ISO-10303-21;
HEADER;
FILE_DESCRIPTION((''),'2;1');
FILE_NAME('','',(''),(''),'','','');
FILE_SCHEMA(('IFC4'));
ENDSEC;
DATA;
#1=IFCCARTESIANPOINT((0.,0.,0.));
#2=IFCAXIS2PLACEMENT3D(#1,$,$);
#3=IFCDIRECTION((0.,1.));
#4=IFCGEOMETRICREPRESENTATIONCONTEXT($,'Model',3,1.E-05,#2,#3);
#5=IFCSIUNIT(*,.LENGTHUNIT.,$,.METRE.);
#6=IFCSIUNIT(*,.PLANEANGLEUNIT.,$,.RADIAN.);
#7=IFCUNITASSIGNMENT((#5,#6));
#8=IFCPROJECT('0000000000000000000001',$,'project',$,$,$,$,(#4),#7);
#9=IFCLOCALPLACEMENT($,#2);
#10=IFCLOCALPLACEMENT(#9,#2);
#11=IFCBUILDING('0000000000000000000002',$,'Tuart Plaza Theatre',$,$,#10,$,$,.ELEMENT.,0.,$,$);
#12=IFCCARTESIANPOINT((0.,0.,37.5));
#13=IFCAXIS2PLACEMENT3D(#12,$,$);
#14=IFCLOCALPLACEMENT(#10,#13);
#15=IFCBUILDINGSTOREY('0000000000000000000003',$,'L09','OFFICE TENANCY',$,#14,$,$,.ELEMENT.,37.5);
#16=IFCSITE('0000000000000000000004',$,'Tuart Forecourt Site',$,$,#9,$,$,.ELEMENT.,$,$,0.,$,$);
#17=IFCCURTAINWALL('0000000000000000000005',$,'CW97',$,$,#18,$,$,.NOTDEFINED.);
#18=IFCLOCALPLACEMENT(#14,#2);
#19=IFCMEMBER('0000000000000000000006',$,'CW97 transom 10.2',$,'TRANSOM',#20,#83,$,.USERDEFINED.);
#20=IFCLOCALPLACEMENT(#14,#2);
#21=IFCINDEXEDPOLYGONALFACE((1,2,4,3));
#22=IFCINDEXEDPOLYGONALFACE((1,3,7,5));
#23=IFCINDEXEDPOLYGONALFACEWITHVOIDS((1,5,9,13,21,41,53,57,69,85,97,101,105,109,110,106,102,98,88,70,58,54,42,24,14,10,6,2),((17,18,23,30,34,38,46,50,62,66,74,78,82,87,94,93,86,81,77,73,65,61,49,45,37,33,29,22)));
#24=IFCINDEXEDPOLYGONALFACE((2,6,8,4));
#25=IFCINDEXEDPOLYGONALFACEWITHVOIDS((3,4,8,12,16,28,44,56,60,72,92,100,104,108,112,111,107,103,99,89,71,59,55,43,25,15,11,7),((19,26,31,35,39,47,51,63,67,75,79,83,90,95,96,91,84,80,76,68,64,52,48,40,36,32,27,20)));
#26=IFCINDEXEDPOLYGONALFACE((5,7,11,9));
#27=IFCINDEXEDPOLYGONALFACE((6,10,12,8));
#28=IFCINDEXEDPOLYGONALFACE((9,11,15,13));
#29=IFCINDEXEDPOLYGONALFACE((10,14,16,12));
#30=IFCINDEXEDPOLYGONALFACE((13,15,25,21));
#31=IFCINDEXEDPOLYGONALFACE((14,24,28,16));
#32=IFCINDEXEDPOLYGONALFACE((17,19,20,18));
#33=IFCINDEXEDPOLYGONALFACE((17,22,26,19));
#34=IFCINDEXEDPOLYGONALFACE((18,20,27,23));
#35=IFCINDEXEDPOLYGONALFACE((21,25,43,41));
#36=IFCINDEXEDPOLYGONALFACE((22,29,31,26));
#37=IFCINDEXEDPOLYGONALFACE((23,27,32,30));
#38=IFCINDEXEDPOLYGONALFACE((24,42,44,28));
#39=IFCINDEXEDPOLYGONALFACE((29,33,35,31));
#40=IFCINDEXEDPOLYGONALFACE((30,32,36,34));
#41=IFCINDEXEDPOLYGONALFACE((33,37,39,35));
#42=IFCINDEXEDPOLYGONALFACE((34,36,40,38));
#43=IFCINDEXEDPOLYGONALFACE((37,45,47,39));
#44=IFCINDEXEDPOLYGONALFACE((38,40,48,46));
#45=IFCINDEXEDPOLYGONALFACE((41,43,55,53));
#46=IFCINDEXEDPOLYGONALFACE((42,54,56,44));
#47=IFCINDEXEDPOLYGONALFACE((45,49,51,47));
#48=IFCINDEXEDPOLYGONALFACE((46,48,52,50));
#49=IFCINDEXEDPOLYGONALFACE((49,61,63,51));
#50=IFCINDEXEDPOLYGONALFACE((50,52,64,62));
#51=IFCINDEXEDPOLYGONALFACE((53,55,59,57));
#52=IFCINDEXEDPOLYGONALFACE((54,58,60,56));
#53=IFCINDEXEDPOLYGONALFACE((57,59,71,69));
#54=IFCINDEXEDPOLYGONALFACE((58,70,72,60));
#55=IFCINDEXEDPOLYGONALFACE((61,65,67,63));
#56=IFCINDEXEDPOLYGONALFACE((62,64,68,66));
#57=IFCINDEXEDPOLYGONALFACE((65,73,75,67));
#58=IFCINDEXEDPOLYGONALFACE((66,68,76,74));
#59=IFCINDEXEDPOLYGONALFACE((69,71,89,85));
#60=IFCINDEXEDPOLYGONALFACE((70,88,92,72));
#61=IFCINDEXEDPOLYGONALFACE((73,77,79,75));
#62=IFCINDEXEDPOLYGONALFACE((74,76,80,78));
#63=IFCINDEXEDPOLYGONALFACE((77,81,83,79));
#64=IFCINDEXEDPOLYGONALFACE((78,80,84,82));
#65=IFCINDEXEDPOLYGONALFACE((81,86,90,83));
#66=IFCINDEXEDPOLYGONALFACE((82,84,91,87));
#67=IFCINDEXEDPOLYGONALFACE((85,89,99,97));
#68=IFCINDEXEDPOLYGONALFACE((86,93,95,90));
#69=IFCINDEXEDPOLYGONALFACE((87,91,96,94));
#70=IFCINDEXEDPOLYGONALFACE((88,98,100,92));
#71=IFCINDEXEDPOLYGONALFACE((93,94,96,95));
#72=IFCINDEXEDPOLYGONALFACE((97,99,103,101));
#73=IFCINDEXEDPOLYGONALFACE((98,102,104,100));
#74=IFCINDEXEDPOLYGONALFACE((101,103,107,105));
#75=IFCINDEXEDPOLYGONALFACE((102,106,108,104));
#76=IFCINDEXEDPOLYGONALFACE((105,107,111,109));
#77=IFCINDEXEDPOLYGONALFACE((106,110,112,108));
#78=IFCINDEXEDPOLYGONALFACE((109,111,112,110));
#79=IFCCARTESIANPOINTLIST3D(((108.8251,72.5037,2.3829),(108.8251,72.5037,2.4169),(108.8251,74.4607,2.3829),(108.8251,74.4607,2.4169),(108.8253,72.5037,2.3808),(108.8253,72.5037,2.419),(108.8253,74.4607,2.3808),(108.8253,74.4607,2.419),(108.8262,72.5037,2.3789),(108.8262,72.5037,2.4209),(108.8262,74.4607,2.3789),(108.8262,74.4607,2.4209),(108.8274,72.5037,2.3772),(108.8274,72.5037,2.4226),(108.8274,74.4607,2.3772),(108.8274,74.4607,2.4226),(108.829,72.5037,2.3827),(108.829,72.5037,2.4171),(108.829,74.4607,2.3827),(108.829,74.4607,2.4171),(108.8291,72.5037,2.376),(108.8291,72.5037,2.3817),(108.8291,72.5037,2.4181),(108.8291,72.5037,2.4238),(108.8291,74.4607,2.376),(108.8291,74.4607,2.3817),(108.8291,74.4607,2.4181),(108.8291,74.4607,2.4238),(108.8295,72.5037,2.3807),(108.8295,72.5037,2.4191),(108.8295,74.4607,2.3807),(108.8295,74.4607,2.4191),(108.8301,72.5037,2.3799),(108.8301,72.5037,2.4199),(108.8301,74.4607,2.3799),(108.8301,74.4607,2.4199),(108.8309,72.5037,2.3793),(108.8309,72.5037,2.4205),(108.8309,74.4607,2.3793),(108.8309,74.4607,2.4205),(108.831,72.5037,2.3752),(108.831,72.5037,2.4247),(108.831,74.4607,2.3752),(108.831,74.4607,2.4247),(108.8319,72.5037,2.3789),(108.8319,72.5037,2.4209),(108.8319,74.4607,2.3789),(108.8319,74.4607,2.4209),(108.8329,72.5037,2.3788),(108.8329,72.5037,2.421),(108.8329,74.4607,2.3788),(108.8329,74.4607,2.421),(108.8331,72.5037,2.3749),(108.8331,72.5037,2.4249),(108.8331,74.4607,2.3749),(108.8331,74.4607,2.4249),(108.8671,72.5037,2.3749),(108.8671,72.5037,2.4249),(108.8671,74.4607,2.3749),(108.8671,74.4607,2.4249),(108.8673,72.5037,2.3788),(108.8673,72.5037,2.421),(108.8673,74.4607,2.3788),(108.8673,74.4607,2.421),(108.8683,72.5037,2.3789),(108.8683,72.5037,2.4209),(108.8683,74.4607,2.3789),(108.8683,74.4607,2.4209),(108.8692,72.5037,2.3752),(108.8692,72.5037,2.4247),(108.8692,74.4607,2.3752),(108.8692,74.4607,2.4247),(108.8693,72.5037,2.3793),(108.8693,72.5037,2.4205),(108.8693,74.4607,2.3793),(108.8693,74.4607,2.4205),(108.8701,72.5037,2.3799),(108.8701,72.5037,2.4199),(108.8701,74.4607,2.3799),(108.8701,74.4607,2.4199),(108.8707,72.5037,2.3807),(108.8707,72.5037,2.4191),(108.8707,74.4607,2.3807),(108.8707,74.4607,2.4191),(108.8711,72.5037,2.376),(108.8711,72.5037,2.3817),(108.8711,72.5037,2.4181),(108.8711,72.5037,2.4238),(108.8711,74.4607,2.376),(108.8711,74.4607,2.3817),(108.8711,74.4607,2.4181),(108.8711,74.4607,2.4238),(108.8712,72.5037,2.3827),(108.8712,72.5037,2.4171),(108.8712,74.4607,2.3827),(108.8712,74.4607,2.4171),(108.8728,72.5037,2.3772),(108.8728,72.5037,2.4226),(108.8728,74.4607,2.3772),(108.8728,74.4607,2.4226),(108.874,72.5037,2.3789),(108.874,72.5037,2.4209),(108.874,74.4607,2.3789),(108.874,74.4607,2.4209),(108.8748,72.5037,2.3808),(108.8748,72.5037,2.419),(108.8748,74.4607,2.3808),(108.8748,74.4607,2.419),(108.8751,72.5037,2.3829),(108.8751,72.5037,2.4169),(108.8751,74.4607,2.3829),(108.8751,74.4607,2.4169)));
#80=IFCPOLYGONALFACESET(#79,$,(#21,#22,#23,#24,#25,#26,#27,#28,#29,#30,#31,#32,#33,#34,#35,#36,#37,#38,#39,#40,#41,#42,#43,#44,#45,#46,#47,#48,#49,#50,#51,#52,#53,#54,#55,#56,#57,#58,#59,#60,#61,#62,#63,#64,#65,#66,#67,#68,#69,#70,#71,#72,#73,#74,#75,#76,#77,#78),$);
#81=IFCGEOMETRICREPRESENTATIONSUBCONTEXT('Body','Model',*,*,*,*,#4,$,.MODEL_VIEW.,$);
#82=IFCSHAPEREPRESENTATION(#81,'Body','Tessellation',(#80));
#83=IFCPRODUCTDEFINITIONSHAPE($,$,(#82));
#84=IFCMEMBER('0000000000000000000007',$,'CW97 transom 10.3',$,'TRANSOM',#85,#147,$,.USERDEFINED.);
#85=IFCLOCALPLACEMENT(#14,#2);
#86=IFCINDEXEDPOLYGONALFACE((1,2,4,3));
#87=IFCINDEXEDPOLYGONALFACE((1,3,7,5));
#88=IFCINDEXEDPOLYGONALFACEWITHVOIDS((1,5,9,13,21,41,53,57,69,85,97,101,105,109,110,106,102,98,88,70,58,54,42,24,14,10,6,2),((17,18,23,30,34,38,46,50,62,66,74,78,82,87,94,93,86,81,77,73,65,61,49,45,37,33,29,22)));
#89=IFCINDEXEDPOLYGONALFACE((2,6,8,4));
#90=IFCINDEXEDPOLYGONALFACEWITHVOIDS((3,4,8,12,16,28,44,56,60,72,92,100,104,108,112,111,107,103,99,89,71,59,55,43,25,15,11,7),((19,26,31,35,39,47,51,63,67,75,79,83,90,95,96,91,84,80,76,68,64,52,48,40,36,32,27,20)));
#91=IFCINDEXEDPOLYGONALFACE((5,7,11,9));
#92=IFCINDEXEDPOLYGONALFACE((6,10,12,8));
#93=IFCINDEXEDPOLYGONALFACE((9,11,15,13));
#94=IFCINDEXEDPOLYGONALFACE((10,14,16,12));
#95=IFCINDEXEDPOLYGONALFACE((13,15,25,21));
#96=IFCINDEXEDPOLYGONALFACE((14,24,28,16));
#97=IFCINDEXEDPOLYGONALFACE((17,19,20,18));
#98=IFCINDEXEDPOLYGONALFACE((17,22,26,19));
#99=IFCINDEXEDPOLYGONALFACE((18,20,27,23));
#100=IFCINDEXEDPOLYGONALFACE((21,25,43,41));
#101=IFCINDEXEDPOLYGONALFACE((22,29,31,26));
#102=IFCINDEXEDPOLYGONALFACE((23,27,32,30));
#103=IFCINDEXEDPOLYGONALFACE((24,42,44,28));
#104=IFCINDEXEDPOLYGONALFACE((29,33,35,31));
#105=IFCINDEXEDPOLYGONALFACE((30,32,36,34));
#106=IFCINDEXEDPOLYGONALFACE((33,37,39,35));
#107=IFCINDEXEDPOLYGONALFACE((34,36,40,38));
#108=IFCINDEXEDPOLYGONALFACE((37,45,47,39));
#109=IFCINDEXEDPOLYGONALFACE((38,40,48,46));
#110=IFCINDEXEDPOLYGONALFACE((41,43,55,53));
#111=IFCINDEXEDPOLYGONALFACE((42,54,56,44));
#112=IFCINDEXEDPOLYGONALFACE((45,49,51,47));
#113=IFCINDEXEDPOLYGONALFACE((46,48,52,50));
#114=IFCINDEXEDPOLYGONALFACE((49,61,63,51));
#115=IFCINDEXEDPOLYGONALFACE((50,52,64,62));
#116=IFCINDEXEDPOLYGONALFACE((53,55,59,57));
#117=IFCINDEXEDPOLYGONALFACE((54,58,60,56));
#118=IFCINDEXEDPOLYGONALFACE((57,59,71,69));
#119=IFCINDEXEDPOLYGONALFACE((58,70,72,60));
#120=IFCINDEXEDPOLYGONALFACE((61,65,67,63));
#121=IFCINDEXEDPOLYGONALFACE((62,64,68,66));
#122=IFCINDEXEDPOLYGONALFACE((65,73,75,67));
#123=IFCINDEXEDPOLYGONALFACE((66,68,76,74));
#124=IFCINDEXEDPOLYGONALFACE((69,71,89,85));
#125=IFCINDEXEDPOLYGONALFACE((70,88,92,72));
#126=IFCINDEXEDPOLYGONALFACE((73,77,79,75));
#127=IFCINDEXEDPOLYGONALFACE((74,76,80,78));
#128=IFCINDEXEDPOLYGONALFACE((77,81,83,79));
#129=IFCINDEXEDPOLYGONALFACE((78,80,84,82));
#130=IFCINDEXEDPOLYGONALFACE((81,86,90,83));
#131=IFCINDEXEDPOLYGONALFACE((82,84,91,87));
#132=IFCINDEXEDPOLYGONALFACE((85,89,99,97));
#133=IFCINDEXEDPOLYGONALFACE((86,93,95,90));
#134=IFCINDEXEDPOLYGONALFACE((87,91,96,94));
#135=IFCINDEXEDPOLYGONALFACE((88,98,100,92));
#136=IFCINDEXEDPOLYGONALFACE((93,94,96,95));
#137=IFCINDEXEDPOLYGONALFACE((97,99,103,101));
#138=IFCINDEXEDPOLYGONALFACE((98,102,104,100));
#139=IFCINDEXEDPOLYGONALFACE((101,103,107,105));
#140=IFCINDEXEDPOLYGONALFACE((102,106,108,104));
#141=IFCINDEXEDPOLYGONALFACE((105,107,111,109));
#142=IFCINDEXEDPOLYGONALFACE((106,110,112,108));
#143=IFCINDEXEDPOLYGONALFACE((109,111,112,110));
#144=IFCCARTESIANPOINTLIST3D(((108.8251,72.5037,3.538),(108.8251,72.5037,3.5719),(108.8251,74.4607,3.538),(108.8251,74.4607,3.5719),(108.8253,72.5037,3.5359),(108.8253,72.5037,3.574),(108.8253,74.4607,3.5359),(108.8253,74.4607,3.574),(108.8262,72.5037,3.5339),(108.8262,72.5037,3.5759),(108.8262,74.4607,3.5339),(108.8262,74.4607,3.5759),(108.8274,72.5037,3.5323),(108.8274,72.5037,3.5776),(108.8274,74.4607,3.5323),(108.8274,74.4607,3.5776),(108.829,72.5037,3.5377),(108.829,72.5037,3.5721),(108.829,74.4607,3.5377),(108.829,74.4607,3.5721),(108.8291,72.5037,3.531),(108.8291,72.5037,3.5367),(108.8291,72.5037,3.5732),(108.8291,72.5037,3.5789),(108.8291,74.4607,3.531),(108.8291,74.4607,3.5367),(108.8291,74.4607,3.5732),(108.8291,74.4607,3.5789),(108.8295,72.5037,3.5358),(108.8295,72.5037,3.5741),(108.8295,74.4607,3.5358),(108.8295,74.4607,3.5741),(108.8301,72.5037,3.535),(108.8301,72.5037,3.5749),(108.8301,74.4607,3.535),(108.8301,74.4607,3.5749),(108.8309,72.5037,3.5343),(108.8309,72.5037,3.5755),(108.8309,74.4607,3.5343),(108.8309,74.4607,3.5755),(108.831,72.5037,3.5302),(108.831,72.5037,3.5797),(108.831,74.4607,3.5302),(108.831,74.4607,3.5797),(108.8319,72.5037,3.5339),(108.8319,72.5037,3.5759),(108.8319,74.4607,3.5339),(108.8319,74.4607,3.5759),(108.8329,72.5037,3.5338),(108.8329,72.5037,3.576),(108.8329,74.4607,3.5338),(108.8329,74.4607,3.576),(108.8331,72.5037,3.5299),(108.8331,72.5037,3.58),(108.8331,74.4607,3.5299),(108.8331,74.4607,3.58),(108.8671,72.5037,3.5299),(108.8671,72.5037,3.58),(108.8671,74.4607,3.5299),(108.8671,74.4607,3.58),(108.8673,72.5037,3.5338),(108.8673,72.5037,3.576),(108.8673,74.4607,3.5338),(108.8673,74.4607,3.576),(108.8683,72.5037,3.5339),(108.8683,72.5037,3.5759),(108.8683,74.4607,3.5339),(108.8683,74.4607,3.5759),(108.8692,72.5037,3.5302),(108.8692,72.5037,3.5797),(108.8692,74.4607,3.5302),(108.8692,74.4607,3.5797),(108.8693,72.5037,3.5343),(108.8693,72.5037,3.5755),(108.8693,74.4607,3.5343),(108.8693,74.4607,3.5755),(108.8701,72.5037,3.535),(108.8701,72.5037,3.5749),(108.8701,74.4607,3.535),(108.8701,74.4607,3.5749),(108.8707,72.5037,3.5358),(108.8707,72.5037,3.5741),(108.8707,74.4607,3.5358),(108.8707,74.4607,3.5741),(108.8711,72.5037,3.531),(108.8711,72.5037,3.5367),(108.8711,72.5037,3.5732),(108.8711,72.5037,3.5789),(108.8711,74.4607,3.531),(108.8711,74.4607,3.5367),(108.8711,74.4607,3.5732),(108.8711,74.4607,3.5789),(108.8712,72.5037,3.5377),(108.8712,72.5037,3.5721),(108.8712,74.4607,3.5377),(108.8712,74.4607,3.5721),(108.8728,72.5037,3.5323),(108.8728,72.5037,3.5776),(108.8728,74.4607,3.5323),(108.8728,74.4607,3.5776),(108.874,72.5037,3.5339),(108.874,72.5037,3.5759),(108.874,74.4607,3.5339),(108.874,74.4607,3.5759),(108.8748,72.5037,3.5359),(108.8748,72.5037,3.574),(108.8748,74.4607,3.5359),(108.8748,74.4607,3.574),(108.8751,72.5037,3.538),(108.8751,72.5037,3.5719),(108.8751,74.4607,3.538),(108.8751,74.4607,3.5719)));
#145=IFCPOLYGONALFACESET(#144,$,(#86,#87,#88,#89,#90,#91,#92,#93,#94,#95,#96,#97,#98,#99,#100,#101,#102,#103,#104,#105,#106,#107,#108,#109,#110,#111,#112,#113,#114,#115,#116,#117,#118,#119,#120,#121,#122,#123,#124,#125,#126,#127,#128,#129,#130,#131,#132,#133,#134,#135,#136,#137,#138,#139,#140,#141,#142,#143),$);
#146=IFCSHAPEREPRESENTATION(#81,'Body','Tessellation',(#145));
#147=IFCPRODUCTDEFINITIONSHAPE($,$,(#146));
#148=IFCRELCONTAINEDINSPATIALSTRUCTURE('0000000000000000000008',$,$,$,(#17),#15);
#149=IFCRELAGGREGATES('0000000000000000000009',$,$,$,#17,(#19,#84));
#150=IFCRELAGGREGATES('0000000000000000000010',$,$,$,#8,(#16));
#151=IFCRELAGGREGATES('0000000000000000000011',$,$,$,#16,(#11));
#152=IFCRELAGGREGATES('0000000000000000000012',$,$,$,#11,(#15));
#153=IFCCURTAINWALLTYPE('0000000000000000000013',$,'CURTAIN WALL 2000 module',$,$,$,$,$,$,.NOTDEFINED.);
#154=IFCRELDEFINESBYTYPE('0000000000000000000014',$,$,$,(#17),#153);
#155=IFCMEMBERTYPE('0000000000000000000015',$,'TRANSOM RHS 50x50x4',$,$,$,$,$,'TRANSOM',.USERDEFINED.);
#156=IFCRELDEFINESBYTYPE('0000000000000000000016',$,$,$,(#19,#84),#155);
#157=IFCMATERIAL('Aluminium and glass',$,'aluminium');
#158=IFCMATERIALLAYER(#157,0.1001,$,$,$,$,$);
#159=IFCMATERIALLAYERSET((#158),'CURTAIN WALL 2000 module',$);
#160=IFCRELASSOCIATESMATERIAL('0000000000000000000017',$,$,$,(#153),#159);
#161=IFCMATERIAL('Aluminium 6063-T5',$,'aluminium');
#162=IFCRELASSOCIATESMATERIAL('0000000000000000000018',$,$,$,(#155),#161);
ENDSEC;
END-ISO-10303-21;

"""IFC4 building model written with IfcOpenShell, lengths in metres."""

from ifc_helpers import new_model, si_unit, direction, frame, origin, origin_2d, place, context, subcontext, project, spatial, hollow_rectangle, extrude, material, layer, layer_set, material_profile, profile_set, type_object, element, aggregate, save


model = new_model("IFC4")

# Units and contexts
model_context = context("Model", 3, precision=1e-05, world=origin(), true_north=direction((0.0, 1.0)))
body_context = subcontext(model_context, "Body", "Model", "MODEL_VIEW")
ifc_project = project(units=[si_unit("LENGTHUNIT", "METRE"), si_unit("PLANEANGLEUNIT", "RADIAN")], contexts=[model_context])

# Site, building, storey
site_placement = place(None, origin())
site = spatial("IfcSite", under=ifc_project, at=site_placement, Name="Tuart Forecourt Site", CompositionType="ELEMENT", RefElevation=0.0)
building_placement = place(site_placement, origin())
building = spatial("IfcBuilding", under=site, at=building_placement, Name="Tuart Plaza Theatre", CompositionType="ELEMENT", ElevationOfRefHeight=0.0)
storey_placement = place(building_placement, frame((0.0, 0.0, 37.5)))
storey = spatial("IfcBuildingStorey", under=building, at=storey_placement, Name="L09", Description="OFFICE TENANCY", CompositionType="ELEMENT", Elevation=37.5)

# Curtain wall, members
ifc_material_1 = material(Name="Aluminium and glass", Category="aluminium")
ifc_layer_1 = layer(ifc_material_1, 0.1001)
ifc_layer_set_1 = layer_set([ifc_layer_1], Name="CURTAIN WALL 2000 module")
curtain_wall_type = type_object("IfcCurtainWallType", Name="CURTAIN WALL 2000 module", PredefinedType="NOTDEFINED", material=ifc_layer_set_1)
curtain_wall_placement = place(storey_placement, origin())
curtain_wall = element("IfcCurtainWall", 1, at=curtain_wall_placement, inside=storey, type_object=curtain_wall_type, Name="CW97", PredefinedType="NOTDEFINED")
ifc_material_2 = material(Name="Aluminium 6063-T5", Category="aluminium")
ifc_material_profile_1 = material_profile(ifc_material_2, hollow_rectangle(XDim=0.05, YDim=0.05, WallThickness=0.0039, InnerFilletRadius=0.0039, OuterFilletRadius=0.0081, at=origin_2d()), Name="RHS 50x50x4")
ifc_profile_set_1 = profile_set([ifc_material_profile_1], Name="Aluminium 6063-T5")
member_type = type_object("IfcMemberType", Name="TRANSOM RHS 50x50x4", ElementType="TRANSOM", PredefinedType="USERDEFINED", material=ifc_profile_set_1)
member_1_placement = place(storey_placement, frame((108.8501, 74.4607, 2.3999), z_axis=(0.0, -1.0, 0.0), x_axis=(1.0, 0.0, 0.0)))
member_1 = element("IfcMember", 2, at=member_1_placement, type_object=member_type, Name="CW97 transom 10.2", ObjectType="TRANSOM", PredefinedType="USERDEFINED", context=body_context, shape_type="SweptSolid", body=[
    extrude(hollow_rectangle(XDim=0.05, YDim=0.05, WallThickness=0.0039, InnerFilletRadius=0.0039, OuterFilletRadius=0.0081, at=origin_2d()), origin(), (0.0, 0.0, 1.0), 1.957),
])
member_2_placement = place(storey_placement, frame((108.8501, 74.4607, 3.5549), z_axis=(0.0, -1.0, 0.0), x_axis=(1.0, 0.0, 0.0)))
member_2 = element("IfcMember", 3, at=member_2_placement, type_object=member_type, Name="CW97 transom 10.3", ObjectType="TRANSOM", PredefinedType="USERDEFINED", context=body_context, shape_type="SweptSolid", body=[
    extrude(hollow_rectangle(XDim=0.05, YDim=0.05, WallThickness=0.0039, InnerFilletRadius=0.0039, OuterFilletRadius=0.0081, at=origin_2d()), origin(), (0.0, 0.0, 1.0), 1.957),
])
aggregate(curtain_wall, [member_1, member_2])

save(model, "model.ifc")
